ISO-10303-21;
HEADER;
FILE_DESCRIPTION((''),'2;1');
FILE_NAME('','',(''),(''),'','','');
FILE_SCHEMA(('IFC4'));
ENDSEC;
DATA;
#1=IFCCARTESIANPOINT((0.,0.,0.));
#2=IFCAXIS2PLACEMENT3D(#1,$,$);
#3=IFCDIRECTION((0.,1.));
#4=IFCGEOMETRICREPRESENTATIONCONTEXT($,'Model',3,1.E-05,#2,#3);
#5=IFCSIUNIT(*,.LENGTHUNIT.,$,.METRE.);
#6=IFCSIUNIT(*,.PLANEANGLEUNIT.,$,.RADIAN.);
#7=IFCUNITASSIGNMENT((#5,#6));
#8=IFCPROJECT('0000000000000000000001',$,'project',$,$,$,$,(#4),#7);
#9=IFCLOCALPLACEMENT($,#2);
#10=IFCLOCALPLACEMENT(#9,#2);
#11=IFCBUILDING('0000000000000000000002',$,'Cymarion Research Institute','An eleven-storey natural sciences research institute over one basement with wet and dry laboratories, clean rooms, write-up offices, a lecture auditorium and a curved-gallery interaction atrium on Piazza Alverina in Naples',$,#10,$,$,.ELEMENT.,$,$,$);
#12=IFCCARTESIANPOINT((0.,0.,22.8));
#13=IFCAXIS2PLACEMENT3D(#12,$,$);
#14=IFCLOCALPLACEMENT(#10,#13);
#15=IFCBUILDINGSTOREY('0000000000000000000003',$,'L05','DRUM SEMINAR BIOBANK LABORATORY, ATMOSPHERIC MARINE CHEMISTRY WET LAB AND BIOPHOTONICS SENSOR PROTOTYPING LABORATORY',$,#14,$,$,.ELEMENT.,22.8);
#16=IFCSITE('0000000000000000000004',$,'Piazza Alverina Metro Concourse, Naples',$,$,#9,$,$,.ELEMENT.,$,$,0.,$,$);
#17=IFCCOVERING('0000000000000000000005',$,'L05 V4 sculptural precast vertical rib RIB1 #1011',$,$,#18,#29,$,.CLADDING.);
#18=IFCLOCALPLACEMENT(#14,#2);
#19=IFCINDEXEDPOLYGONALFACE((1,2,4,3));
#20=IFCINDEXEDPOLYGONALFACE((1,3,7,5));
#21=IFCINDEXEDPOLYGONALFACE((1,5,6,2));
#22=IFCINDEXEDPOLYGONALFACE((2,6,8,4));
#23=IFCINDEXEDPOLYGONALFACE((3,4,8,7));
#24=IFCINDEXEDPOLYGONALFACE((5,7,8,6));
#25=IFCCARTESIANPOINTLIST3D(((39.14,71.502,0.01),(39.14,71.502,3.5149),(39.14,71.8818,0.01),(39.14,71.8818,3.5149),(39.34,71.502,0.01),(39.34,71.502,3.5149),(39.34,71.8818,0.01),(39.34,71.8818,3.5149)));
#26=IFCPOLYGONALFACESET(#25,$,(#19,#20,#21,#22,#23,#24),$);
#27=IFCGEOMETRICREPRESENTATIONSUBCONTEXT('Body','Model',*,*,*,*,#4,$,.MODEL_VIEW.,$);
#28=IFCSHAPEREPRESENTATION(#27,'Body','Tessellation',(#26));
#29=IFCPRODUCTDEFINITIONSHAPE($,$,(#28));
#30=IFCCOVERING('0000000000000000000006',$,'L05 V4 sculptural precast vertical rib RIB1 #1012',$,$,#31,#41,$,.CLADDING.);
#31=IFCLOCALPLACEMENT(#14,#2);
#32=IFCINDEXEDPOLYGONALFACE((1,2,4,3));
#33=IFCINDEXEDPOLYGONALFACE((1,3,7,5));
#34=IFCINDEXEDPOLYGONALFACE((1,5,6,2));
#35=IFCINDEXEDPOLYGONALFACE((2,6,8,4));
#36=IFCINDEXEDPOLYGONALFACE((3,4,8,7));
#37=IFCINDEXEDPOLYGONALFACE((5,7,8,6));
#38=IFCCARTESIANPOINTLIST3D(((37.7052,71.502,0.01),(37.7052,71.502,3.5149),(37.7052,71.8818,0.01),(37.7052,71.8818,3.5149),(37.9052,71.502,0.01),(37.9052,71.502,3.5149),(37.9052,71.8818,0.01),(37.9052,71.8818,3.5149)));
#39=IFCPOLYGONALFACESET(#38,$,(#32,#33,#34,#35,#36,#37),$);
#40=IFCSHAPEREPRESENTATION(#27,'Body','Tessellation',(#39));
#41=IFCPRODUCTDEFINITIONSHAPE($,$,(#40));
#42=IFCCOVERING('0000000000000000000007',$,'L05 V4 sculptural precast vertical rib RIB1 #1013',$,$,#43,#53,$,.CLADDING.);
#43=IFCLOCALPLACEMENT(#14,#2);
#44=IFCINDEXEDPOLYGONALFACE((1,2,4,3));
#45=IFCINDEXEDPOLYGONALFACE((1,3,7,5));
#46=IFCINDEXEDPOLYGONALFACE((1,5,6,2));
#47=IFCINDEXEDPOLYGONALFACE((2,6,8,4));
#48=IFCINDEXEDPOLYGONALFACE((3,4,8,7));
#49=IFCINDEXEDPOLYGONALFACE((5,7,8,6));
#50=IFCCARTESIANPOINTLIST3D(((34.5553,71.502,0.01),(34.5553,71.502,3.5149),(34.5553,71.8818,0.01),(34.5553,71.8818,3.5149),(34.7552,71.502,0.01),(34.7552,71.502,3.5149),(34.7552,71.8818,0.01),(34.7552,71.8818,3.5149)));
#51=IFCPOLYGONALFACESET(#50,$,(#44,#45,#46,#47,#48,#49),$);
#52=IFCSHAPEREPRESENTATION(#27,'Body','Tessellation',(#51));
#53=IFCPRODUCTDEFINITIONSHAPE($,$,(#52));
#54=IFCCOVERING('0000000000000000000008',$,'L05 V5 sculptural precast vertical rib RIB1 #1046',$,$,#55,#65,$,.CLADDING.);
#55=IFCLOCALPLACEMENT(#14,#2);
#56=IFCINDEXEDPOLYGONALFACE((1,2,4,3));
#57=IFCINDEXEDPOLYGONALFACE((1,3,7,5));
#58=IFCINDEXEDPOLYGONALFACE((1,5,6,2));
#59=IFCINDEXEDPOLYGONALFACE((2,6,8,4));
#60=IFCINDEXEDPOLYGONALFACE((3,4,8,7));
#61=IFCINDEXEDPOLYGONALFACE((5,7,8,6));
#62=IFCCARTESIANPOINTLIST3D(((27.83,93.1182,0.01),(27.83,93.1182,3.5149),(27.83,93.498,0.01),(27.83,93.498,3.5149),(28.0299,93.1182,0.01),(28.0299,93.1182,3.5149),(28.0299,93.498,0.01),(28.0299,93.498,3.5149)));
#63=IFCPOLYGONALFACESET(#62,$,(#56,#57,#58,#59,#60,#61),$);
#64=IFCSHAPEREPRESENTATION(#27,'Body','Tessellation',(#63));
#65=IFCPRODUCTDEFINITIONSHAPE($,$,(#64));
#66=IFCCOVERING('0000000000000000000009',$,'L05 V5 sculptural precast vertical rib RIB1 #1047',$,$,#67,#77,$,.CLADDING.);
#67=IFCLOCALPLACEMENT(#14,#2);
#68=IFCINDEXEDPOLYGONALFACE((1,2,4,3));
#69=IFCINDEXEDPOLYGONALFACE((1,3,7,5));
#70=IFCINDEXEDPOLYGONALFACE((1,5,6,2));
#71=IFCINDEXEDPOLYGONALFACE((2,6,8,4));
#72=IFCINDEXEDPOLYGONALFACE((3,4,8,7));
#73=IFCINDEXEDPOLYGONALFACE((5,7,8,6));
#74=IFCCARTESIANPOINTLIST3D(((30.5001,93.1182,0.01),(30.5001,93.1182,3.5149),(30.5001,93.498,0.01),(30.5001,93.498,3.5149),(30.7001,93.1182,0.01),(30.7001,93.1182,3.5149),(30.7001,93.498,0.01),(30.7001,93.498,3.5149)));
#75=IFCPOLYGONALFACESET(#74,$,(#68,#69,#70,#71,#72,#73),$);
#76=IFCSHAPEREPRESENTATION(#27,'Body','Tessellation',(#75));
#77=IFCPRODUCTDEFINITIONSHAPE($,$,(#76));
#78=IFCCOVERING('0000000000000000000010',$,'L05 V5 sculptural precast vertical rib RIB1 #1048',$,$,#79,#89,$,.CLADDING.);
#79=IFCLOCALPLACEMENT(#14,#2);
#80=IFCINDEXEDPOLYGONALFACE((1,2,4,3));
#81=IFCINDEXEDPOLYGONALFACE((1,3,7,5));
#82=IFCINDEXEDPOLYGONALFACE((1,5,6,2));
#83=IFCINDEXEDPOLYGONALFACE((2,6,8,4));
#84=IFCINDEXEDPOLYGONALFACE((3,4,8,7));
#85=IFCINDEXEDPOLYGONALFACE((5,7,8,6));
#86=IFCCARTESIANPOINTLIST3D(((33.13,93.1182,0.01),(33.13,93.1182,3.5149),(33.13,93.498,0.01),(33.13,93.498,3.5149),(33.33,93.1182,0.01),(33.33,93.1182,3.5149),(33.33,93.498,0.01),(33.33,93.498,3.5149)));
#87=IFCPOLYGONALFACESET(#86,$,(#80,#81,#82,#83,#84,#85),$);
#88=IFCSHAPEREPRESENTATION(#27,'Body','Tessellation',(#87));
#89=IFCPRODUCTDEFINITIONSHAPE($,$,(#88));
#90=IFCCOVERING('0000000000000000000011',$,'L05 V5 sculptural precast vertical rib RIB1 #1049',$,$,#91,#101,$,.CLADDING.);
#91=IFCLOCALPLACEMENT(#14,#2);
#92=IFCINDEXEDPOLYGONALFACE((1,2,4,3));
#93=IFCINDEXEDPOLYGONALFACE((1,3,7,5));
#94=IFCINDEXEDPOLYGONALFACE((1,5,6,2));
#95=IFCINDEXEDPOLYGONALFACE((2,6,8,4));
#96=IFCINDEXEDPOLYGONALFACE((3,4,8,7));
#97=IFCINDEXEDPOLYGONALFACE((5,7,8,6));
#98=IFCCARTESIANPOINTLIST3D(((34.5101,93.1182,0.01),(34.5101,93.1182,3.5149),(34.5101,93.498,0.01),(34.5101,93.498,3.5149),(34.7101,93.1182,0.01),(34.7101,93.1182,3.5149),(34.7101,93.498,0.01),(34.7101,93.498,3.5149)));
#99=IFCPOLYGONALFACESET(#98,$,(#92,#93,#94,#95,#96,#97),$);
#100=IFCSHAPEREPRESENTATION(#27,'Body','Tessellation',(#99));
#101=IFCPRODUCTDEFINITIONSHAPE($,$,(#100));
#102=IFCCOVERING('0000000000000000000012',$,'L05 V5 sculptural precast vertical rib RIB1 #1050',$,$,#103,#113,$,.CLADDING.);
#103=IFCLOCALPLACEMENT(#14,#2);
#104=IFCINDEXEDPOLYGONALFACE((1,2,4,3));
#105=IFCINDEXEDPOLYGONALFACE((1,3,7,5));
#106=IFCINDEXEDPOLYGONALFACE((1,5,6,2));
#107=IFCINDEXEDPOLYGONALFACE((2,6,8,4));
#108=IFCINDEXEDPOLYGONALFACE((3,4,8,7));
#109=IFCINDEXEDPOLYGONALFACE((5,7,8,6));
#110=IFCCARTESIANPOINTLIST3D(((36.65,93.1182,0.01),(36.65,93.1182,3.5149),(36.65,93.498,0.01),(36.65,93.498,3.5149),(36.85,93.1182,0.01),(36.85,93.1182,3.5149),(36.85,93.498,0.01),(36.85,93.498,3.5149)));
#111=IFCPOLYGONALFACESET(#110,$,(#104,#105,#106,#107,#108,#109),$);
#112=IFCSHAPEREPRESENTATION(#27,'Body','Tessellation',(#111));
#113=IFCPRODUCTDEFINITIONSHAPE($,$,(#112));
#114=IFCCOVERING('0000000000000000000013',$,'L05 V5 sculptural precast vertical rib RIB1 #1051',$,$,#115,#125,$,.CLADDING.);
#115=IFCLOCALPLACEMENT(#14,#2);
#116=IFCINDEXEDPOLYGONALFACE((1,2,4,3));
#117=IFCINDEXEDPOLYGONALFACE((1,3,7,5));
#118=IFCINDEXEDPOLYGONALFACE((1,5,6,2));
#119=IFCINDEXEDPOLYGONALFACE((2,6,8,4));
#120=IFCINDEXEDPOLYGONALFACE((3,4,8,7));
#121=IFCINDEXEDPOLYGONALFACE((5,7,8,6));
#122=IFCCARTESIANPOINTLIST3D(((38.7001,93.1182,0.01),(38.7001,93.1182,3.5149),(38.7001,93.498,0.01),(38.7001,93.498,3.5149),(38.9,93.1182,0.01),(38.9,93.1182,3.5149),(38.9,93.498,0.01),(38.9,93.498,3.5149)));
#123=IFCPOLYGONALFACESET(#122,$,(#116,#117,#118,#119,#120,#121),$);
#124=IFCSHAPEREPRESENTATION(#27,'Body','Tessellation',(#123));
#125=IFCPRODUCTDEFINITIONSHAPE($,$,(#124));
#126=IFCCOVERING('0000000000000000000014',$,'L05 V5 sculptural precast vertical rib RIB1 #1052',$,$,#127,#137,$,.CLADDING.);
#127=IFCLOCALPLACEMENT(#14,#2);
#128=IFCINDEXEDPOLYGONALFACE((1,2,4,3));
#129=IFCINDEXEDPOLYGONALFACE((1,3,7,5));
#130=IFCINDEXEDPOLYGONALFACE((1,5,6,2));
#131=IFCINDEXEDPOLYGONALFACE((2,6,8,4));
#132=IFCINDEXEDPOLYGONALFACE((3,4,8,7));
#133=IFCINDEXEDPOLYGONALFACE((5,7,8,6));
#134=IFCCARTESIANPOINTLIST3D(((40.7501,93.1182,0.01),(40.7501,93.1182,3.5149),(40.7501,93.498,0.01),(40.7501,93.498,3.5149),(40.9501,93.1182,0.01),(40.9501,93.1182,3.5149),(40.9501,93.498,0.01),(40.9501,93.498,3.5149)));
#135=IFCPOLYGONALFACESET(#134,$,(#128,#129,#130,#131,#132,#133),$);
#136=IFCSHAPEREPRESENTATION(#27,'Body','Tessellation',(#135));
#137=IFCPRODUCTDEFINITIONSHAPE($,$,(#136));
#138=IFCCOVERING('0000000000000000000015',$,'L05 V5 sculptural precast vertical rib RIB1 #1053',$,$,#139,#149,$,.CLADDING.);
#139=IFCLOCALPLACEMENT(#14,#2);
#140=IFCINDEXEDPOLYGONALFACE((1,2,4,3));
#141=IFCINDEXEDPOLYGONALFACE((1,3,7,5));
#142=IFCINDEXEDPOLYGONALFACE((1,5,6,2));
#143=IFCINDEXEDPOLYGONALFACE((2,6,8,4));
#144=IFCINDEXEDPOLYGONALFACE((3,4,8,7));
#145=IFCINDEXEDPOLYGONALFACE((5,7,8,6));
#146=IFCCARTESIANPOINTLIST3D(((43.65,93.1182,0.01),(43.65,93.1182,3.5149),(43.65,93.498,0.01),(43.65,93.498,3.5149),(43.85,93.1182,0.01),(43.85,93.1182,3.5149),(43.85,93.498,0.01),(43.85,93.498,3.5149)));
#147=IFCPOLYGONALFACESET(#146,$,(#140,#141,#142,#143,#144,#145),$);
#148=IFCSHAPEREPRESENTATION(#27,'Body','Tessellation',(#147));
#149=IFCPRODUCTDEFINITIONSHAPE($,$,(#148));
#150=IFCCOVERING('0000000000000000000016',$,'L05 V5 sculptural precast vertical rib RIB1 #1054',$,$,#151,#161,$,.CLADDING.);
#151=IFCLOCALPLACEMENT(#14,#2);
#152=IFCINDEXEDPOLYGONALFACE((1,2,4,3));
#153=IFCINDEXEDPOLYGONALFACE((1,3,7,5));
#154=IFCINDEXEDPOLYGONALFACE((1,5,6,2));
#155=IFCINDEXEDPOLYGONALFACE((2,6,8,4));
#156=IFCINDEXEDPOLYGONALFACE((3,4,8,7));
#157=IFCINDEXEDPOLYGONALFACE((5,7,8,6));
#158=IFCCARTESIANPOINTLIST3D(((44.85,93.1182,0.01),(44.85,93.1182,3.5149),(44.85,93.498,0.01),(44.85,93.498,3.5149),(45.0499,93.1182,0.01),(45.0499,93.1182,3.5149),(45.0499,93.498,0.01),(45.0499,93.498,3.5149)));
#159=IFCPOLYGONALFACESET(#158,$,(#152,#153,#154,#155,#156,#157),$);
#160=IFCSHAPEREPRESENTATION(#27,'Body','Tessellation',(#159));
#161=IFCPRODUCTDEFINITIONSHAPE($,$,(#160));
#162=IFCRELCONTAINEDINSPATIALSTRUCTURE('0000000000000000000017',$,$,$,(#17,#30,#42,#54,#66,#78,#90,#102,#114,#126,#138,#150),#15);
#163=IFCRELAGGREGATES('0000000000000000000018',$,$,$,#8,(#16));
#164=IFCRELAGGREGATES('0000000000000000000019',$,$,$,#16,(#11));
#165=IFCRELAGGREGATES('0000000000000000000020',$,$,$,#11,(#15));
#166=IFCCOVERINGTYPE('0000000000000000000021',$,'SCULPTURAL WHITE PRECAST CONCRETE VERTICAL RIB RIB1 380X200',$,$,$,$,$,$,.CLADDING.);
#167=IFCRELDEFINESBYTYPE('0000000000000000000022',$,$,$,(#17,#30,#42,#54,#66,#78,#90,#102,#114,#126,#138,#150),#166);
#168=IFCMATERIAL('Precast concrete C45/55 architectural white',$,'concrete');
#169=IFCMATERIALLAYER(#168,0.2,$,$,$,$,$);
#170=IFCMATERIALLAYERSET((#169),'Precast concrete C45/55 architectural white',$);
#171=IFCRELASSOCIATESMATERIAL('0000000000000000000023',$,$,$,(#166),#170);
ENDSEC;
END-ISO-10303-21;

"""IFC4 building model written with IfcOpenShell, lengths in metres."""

from ifc_helpers import new_model, si_unit, direction, frame, origin, origin_2d, place, context, subcontext, project, spatial, rectangle, extrude, material, layer, layer_set, type_object, element, save


model = new_model("IFC4")

# Units and contexts
model_context = context("Model", 3, precision=1e-05, world=origin(), true_north=direction((0.0, 1.0)))
body_context = subcontext(model_context, "Body", "Model", "MODEL_VIEW")
ifc_project = project(units=[si_unit("LENGTHUNIT", "METRE"), si_unit("PLANEANGLEUNIT", "RADIAN")], contexts=[model_context])

# Site, building, storey
site_placement = place(None, origin())
site = spatial("IfcSite", under=ifc_project, at=site_placement, Name="Piazza Alverina Metro Concourse, Naples", CompositionType="ELEMENT", RefElevation=0.0)
building_placement = place(site_placement, origin())
building = spatial("IfcBuilding", under=site, at=building_placement, Name="Cymarion Research Institute", Description="An eleven-storey natural sciences research institute over one basement with wet and dry laboratories, clean rooms, write-up offices, a lecture auditorium and a curved-gallery interaction atrium on Piazza Alverina in Naples", CompositionType="ELEMENT")
storey_placement = place(building_placement, frame((0.0, 0.0, 22.8)))
storey = spatial("IfcBuildingStorey", under=building, at=storey_placement, Name="L05", Description="DRUM SEMINAR BIOBANK LABORATORY, ATMOSPHERIC MARINE CHEMISTRY WET LAB AND BIOPHOTONICS SENSOR PROTOTYPING LABORATORY", CompositionType="ELEMENT", Elevation=22.8)

# Coverings
ifc_material_1 = material(Name="Precast concrete C45/55 architectural white", Category="concrete")
ifc_layer_1 = layer(ifc_material_1, 0.2)
ifc_layer_set_1 = layer_set([ifc_layer_1], Name="Precast concrete C45/55 architectural white")
covering_type_1 = type_object("IfcCoveringType", Name="SCULPTURAL WHITE PRECAST CONCRETE VERTICAL RIB RIB1 380X200", PredefinedType="CLADDING", material=ifc_layer_set_1)
for number, where, z_axis, x_axis, name in (
    (1, (39.24, 71.6919, 0.01), (0.0, 0.0, 1.0), (0.0, 1.0, 0.0), "L05 V4 sculptural precast vertical rib RIB1 #1011"),
    (2, (37.8052, 71.6919, 0.01), (0.0, 0.0, 1.0), (0.0, 1.0, 0.0), "L05 V4 sculptural precast vertical rib RIB1 #1012"),
    (3, (34.6553, 71.6919, 0.01), (0.0, 0.0, 1.0), (0.0, 1.0, 0.0), "L05 V4 sculptural precast vertical rib RIB1 #1013"),
    (4, (27.9299, 93.3081, 0.01), (0.0, 0.0, 1.0), (0.0, -1.0, 0.0), "L05 V5 sculptural precast vertical rib RIB1 #1046"),
    (5, (30.6001, 93.3081, 0.01), (0.0, 0.0, 1.0), (0.0, -1.0, 0.0), "L05 V5 sculptural precast vertical rib RIB1 #1047"),
    (6, (33.23, 93.3081, 0.01), (0.0, 0.0, 1.0), (0.0, -1.0, 0.0), "L05 V5 sculptural precast vertical rib RIB1 #1048"),
    (7, (34.6101, 93.3081, 0.01), (0.0, 0.0, 1.0), (0.0, -1.0, 0.0), "L05 V5 sculptural precast vertical rib RIB1 #1049"),
    (8, (36.75, 93.3081, 0.01), (0.0, 0.0, 1.0), (0.0, -1.0, 0.0), "L05 V5 sculptural precast vertical rib RIB1 #1050"),
    (9, (38.8, 93.3081, 0.01), (0.0, 0.0, 1.0), (0.0, -1.0, 0.0), "L05 V5 sculptural precast vertical rib RIB1 #1051"),
    (10, (40.8501, 93.3081, 0.01), (0.0, 0.0, 1.0), (0.0, -1.0, 0.0), "L05 V5 sculptural precast vertical rib RIB1 #1052"),
    (11, (43.75, 93.3081, 0.01), (0.0, 0.0, 1.0), (0.0, -1.0, 0.0), "L05 V5 sculptural precast vertical rib RIB1 #1053"),
    (12, (44.95, 93.3081, 0.01), (0.0, 0.0, 1.0), (0.0, -1.0, 0.0), "L05 V5 sculptural precast vertical rib RIB1 #1054"),
):
    element("IfcCovering", number, at=place(storey_placement, frame(where, z_axis=z_axis, x_axis=x_axis)), inside=storey, type_object=covering_type_1, Name=name, PredefinedType="CLADDING", context=body_context, shape_type="SweptSolid", body=[
        extrude(rectangle(XDim=0.3799, YDim=0.2, at=origin_2d()), origin(), (0.0, 0.0, 1.0), 3.5049),
    ])

save(model, "model.ifc")
